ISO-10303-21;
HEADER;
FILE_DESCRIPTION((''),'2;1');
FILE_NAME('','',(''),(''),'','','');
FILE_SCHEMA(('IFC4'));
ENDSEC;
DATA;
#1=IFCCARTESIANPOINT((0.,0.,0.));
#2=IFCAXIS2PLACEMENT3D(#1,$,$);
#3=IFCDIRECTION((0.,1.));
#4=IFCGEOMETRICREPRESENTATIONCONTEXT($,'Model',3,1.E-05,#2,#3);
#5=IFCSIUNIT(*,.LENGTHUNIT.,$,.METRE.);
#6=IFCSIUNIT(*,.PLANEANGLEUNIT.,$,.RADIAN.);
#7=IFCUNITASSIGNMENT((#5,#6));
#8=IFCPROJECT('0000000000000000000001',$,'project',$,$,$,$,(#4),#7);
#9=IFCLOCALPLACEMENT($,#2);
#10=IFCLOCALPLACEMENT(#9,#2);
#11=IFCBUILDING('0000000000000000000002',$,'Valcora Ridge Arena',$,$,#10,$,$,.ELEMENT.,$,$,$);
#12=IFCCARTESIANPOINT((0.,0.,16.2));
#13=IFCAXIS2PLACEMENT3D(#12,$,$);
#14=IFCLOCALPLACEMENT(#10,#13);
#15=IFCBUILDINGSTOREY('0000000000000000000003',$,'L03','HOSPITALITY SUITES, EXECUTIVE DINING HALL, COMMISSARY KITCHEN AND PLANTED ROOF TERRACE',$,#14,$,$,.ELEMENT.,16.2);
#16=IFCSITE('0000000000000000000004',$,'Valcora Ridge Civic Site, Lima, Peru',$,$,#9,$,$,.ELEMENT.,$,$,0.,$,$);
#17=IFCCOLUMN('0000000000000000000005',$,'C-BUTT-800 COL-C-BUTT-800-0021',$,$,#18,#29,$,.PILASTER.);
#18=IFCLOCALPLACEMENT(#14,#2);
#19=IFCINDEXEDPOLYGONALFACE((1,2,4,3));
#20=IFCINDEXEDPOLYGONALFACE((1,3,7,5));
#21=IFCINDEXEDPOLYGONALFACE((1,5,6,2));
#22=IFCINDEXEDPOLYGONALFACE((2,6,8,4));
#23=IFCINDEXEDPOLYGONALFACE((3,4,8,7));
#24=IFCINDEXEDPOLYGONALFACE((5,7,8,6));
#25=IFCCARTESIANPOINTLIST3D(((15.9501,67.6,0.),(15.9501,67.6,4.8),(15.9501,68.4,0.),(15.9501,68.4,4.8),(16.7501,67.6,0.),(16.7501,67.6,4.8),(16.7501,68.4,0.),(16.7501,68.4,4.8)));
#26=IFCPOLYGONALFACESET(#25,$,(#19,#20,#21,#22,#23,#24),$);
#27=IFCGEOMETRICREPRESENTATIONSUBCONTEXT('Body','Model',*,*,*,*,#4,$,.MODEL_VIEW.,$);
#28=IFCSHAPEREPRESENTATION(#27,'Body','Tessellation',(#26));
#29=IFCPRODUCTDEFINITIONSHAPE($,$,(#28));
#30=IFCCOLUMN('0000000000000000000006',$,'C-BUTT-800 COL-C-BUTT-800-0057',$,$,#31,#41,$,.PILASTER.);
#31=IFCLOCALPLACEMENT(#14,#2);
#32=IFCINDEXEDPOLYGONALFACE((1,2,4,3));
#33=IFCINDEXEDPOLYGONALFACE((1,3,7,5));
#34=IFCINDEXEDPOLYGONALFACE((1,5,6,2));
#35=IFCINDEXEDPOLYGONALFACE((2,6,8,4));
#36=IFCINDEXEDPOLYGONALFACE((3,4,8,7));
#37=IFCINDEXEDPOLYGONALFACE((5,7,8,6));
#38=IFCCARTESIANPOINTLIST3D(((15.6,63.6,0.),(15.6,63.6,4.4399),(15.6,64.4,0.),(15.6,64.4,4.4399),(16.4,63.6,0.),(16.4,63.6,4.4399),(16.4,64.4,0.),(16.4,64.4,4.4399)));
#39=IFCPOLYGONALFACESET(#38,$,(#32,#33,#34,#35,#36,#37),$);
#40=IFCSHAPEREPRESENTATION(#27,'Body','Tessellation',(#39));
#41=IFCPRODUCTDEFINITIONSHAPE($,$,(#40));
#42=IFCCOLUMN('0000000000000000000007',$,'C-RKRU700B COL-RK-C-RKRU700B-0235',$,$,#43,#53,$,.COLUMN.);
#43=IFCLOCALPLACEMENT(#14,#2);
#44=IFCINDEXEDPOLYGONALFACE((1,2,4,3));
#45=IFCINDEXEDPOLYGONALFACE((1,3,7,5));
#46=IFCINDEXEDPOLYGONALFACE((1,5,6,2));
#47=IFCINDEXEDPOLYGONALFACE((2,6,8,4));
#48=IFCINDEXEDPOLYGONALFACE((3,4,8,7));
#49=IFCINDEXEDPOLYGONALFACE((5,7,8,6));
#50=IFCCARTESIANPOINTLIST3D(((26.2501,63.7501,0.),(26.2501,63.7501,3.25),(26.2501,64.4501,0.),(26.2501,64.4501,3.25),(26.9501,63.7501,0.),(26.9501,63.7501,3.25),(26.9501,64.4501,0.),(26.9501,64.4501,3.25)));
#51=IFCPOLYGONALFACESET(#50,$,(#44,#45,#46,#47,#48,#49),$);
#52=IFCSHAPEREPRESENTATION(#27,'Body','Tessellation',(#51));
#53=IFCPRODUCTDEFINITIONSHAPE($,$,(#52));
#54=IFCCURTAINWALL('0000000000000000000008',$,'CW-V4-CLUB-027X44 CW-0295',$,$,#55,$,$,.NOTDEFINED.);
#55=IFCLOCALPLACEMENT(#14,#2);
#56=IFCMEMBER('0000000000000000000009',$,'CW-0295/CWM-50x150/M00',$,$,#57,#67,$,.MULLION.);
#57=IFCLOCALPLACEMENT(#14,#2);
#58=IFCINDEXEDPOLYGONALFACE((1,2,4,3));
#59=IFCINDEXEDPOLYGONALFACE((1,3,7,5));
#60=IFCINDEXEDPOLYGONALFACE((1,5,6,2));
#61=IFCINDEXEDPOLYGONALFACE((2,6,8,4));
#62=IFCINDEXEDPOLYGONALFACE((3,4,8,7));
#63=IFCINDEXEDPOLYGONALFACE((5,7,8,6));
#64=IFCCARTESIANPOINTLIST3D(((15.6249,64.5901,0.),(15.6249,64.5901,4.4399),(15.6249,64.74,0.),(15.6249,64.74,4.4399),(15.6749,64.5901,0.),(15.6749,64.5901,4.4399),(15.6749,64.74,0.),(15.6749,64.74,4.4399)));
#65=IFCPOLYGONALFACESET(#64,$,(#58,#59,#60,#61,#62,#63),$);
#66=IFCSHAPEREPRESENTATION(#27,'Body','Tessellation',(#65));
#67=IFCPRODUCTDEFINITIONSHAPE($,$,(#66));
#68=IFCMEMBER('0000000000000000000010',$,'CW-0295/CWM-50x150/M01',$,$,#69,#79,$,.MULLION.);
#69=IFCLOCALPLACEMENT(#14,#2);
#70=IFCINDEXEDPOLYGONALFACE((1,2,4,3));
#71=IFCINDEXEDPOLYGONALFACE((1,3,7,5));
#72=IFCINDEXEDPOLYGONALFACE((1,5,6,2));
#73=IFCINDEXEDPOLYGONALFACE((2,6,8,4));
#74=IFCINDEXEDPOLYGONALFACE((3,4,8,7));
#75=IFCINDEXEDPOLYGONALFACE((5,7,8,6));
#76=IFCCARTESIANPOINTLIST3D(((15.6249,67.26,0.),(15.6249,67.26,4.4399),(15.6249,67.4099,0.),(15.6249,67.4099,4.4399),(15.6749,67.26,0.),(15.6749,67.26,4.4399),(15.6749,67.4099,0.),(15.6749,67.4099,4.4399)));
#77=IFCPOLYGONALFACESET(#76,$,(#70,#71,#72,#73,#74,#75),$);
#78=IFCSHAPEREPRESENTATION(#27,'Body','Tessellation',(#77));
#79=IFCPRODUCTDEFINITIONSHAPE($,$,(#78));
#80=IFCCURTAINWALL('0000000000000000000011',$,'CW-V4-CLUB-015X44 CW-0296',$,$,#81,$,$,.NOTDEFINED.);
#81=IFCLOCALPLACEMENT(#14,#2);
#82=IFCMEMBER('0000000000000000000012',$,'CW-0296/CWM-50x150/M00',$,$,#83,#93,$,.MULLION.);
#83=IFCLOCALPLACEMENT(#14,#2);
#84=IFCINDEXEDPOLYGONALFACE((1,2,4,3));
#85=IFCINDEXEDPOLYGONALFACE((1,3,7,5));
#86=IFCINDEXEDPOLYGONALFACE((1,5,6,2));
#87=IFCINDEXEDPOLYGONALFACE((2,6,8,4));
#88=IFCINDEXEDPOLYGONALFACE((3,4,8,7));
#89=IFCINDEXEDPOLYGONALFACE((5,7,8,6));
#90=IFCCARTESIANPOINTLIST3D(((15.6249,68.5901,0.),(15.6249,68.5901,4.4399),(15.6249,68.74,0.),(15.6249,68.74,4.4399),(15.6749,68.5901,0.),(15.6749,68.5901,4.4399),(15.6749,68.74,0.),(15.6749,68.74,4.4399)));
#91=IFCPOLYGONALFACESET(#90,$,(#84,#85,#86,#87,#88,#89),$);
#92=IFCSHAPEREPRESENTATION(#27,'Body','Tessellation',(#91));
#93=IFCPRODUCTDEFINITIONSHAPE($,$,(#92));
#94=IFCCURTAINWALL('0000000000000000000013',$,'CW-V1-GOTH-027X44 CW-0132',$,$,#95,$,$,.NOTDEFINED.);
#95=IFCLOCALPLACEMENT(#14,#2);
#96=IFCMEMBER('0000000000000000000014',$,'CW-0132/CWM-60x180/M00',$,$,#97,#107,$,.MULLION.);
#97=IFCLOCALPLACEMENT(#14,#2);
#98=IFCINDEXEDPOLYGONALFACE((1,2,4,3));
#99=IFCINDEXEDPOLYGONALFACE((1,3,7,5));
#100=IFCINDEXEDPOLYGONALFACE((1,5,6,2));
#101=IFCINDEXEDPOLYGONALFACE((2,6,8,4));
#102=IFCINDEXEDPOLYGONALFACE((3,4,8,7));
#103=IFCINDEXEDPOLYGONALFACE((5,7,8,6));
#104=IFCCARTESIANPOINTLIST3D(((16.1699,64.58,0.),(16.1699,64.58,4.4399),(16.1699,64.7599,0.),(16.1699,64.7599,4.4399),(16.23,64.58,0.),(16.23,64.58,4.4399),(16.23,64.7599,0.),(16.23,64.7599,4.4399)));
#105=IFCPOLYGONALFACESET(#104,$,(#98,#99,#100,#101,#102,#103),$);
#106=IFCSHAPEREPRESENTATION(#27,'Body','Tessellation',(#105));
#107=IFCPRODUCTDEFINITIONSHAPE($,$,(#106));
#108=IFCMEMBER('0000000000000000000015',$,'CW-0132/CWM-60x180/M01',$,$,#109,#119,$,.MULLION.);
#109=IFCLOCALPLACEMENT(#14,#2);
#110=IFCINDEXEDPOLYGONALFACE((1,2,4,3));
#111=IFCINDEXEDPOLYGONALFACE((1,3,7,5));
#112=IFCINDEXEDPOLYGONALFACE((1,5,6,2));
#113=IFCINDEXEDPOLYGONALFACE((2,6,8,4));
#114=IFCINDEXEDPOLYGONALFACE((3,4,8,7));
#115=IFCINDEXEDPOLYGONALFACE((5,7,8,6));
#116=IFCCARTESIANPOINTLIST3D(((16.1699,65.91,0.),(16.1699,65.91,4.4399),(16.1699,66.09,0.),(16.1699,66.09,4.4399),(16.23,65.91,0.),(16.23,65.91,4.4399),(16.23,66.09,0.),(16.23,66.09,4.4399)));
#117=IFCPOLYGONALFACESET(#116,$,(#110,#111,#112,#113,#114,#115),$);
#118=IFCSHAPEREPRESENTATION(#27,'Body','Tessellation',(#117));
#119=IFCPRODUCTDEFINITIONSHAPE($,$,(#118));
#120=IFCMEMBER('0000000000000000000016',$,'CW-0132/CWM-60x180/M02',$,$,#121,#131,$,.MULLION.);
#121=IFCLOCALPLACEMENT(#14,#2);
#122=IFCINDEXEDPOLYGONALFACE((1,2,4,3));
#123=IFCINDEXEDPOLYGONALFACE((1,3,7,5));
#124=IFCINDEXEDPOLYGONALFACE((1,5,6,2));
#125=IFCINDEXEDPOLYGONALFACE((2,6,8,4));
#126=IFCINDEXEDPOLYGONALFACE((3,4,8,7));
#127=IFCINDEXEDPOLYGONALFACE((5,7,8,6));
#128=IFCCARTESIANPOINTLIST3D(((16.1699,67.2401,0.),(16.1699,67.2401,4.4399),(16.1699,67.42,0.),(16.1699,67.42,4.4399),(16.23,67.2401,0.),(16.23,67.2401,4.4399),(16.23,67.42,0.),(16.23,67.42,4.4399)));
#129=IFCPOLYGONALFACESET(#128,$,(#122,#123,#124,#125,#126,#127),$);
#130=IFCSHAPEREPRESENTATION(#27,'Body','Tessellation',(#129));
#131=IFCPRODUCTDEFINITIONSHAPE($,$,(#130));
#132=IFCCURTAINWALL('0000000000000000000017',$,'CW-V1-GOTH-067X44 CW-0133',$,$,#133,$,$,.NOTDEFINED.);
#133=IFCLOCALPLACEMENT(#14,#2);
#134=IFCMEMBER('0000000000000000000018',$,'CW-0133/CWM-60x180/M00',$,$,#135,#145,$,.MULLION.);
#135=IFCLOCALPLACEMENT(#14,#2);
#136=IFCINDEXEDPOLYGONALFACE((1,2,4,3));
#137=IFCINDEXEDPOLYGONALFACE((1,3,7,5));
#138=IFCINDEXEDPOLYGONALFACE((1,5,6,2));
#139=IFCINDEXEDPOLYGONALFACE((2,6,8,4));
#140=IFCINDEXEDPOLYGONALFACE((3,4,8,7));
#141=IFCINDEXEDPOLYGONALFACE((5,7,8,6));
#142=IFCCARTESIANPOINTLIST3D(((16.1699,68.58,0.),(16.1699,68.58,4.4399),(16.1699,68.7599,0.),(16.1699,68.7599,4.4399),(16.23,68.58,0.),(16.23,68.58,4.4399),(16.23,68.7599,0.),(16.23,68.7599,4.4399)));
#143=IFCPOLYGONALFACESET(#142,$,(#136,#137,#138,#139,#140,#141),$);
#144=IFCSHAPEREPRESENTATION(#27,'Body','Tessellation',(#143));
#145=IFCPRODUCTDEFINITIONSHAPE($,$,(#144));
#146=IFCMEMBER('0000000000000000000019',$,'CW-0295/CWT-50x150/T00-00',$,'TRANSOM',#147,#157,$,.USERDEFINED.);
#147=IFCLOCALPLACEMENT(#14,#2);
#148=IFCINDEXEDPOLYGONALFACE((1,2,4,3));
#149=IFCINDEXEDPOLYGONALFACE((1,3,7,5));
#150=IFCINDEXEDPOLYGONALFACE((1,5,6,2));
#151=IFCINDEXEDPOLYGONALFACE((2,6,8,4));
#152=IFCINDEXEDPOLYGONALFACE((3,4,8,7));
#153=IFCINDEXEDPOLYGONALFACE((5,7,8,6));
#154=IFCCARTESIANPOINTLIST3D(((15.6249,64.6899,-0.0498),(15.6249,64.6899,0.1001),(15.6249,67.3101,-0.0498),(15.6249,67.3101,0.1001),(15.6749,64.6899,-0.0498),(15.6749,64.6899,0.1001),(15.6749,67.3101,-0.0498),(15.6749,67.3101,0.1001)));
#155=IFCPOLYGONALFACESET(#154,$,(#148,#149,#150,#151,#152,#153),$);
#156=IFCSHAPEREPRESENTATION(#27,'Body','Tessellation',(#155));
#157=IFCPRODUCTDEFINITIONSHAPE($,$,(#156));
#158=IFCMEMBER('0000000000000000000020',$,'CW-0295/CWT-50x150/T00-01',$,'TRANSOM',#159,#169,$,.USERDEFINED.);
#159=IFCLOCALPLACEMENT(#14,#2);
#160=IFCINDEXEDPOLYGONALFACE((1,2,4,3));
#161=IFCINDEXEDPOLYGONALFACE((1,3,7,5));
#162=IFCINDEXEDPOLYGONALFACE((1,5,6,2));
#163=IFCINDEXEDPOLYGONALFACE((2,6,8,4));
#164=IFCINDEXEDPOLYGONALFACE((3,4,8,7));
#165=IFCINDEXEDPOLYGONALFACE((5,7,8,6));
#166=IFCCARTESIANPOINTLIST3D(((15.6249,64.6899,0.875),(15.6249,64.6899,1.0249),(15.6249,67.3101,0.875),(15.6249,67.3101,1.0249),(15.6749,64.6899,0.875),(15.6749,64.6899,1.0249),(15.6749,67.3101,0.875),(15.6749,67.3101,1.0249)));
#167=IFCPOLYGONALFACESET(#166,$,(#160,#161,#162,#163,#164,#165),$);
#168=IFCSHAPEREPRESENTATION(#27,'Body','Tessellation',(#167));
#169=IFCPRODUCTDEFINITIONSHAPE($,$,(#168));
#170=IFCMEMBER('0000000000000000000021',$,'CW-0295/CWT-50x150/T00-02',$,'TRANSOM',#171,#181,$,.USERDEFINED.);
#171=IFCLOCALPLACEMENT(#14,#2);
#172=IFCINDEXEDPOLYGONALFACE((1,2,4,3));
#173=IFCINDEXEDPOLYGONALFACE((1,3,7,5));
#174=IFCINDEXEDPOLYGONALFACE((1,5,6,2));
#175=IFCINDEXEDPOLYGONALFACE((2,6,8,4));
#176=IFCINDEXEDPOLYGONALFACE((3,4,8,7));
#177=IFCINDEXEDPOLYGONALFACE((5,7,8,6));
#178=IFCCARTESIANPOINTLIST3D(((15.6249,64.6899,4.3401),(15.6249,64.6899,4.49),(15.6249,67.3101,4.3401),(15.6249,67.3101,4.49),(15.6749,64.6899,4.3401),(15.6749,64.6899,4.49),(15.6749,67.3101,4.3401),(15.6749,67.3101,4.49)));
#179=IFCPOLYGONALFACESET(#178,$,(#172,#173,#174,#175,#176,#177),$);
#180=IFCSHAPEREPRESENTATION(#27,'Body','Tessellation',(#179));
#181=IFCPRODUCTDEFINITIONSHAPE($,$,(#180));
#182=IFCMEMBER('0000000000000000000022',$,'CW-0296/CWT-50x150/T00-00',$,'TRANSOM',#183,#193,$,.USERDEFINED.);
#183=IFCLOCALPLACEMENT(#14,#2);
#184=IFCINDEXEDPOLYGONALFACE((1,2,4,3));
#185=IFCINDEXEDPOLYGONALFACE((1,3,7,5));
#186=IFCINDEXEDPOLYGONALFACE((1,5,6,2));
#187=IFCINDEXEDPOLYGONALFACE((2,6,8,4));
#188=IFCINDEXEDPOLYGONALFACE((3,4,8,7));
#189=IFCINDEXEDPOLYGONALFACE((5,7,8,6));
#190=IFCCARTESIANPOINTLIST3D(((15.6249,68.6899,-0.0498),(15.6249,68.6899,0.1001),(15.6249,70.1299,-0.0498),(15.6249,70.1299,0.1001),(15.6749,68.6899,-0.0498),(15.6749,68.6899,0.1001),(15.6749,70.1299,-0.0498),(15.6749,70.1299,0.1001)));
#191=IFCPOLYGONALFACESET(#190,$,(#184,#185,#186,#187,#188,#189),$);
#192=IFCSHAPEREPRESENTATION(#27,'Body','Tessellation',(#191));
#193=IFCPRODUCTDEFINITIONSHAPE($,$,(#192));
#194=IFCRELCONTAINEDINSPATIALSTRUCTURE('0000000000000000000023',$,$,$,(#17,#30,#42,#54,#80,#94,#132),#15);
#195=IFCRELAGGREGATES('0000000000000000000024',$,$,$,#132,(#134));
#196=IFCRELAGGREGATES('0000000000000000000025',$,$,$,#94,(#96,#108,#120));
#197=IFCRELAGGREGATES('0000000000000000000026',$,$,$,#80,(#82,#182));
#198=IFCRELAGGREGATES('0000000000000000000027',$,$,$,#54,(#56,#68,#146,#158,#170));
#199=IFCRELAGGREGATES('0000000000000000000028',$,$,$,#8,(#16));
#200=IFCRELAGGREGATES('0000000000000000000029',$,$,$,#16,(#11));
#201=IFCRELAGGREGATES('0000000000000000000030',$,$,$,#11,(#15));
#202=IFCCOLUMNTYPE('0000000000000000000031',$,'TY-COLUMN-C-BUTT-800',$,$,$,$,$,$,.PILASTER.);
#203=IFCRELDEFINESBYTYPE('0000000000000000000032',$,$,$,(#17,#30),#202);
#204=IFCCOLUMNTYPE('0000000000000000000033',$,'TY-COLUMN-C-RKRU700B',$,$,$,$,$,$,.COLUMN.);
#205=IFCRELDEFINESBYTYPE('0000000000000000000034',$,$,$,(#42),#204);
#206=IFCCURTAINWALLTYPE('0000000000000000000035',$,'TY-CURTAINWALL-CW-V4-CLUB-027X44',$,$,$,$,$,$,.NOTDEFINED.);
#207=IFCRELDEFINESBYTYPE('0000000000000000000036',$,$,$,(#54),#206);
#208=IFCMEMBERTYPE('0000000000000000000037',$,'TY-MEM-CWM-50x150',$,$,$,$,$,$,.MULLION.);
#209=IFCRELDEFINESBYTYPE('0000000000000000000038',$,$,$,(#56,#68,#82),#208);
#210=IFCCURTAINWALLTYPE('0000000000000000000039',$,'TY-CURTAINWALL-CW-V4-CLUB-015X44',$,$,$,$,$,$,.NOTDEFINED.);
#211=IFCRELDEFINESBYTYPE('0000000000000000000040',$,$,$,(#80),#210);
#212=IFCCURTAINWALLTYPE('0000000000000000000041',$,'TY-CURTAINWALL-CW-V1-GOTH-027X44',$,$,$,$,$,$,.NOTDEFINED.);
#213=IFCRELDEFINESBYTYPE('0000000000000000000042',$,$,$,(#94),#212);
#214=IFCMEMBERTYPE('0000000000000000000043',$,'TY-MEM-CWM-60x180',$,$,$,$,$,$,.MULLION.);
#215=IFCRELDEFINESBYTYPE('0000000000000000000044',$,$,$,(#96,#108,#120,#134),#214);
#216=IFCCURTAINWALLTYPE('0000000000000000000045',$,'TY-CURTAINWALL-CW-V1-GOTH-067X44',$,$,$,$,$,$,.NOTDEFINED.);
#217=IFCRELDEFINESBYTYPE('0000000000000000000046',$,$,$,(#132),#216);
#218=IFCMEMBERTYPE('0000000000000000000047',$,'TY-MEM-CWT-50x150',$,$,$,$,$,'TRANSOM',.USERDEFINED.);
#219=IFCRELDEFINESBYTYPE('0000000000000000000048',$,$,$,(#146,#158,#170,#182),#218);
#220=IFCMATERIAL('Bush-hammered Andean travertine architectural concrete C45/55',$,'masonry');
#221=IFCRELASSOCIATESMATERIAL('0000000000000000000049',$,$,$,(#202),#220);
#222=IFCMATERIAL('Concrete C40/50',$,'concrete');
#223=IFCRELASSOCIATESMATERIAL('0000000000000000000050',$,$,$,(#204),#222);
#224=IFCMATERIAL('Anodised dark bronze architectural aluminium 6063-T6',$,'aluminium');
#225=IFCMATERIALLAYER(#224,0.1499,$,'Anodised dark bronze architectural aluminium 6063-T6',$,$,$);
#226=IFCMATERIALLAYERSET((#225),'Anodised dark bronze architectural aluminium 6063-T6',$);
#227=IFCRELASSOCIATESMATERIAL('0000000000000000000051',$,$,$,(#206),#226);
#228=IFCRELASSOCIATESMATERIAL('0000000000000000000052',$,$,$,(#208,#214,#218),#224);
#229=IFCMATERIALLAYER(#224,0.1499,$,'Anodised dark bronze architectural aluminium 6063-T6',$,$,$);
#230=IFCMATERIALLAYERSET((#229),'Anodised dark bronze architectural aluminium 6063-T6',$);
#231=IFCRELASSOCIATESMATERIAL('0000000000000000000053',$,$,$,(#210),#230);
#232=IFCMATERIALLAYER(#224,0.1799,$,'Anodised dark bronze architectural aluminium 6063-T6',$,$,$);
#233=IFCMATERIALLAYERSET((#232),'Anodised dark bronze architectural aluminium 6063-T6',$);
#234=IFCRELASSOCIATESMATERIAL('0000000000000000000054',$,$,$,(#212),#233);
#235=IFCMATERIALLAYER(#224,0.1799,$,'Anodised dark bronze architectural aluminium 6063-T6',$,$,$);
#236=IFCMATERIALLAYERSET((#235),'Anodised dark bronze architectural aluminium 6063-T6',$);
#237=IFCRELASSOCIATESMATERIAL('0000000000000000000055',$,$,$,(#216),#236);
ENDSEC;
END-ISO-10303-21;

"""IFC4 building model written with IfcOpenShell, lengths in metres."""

from ifc_helpers import new_model, si_unit, direction, frame, origin, origin_2d, place, context, subcontext, project, spatial, rectangle, extrude, material, layer, layer_set, material_profile, profile_set, type_object, element, aggregate, save


model = new_model("IFC4")

# Units and contexts
model_context = context("Model", 3, precision=1e-05, world=origin(), true_north=direction((0.0, 1.0)))
body_context = subcontext(model_context, "Body", "Model", "MODEL_VIEW")
ifc_project = project(units=[si_unit("LENGTHUNIT", "METRE"), si_unit("PLANEANGLEUNIT", "RADIAN")], contexts=[model_context])

# Site, building, storey
site_placement = place(None, origin())
site = spatial("IfcSite", under=ifc_project, at=site_placement, Name="Valcora Ridge Civic Site, Lima, Peru", CompositionType="ELEMENT", RefElevation=0.0)
building_placement = place(site_placement, origin())
building = spatial("IfcBuilding", under=site, at=building_placement, Name="Valcora Ridge Arena", CompositionType="ELEMENT")
storey_placement = place(building_placement, frame((0.0, 0.0, 16.2)))
storey = spatial("IfcBuildingStorey", under=building, at=storey_placement, Name="L03", Description="HOSPITALITY SUITES, EXECUTIVE DINING HALL, COMMISSARY KITCHEN AND PLANTED ROOF TERRACE", CompositionType="ELEMENT", Elevation=16.2)

# Columns
ifc_material_1 = material(Name="Bush-hammered Andean travertine architectural concrete C45/55", Category="masonry")
ifc_material_profile_1 = material_profile(ifc_material_1, rectangle(XDim=0.8, YDim=0.8, at=origin_2d()), Name="RC 800x800")
ifc_profile_set_1 = profile_set([ifc_material_profile_1], Name="Bush-hammered Andean travertine architectural concrete C45/55")
column_type_1 = type_object("IfcColumnType", Name="TY-COLUMN-C-BUTT-800", PredefinedType="PILASTER", material=ifc_profile_set_1)
column_1_placement = place(storey_placement, frame((16.3501, 68.0, 0.0), z_axis=(0.0, 0.0, 1.0), x_axis=(1.0, 0.0, 0.0)))
element("IfcColumn", 1, at=column_1_placement, inside=storey, type_object=column_type_1, Name="C-BUTT-800 COL-C-BUTT-800-0021", PredefinedType="PILASTER", context=body_context, shape_type="SweptSolid", body=[
    extrude(rectangle(XDim=0.8, YDim=0.8, at=origin_2d()), origin(), (0.0, 0.0, 1.0), 4.8),
])
column_2_placement = place(storey_placement, frame((16.0, 64.0, 0.0), z_axis=(0.0, 0.0, 1.0), x_axis=(1.0, 0.0, 0.0)))
element("IfcColumn", 2, at=column_2_placement, inside=storey, type_object=column_type_1, Name="C-BUTT-800 COL-C-BUTT-800-0057", PredefinedType="PILASTER", context=body_context, shape_type="SweptSolid", body=[
    extrude(rectangle(XDim=0.8, YDim=0.8, at=origin_2d()), origin(), (0.0, 0.0, 1.0), 4.4399),
])
ifc_material_2 = material(Name="Concrete C40/50", Category="concrete")
ifc_material_profile_2 = material_profile(ifc_material_2, rectangle(XDim=0.7, YDim=0.7, at=origin_2d()), Name="RC 700x700")
ifc_profile_set_2 = profile_set([ifc_material_profile_2], Name="Concrete C40/50")
column_type_2 = type_object("IfcColumnType", Name="TY-COLUMN-C-RKRU700B", PredefinedType="COLUMN", material=ifc_profile_set_2)
column_3_placement = place(storey_placement, frame((26.6001, 64.1001, 0.0), z_axis=(0.0, 0.0, 1.0), x_axis=(1.0, 0.0, 0.0)))
element("IfcColumn", 3, at=column_3_placement, inside=storey, type_object=column_type_2, Name="C-RKRU700B COL-RK-C-RKRU700B-0235", PredefinedType="COLUMN", context=body_context, shape_type="SweptSolid", body=[
    extrude(rectangle(XDim=0.7, YDim=0.7, at=origin_2d()), origin(), (0.0, 0.0, 1.0), 3.25),
])

# Curtain wall, members
ifc_material_3 = material(Name="Anodised dark bronze architectural aluminium 6063-T6", Category="aluminium")
ifc_layer_1 = layer(ifc_material_3, 0.1499, Name="Anodised dark bronze architectural aluminium 6063-T6")
ifc_layer_set_1 = layer_set([ifc_layer_1], Name="Anodised dark bronze architectural aluminium 6063-T6")
curtain_wall_type_1 = type_object("IfcCurtainWallType", Name="TY-CURTAINWALL-CW-V4-CLUB-027X44", PredefinedType="NOTDEFINED", material=ifc_layer_set_1)
curtain_wall_1_placement = place(storey_placement, origin())
curtain_wall_1 = element("IfcCurtainWall", 4, at=curtain_wall_1_placement, inside=storey, type_object=curtain_wall_type_1, Name="CW-V4-CLUB-027X44 CW-0295", PredefinedType="NOTDEFINED")
ifc_material_profile_3 = material_profile(ifc_material_3, rectangle(XDim=0.05, YDim=0.1499, at=origin_2d()), Name="ALU MULLION 50x150")
ifc_profile_set_3 = profile_set([ifc_material_profile_3], Name="Anodised dark bronze architectural aluminium 6063-T6")
member_type_1 = type_object("IfcMemberType", Name="TY-MEM-CWM-50x150", PredefinedType="MULLION", material=ifc_profile_set_3)
member_1_placement = place(storey_placement, frame((15.6499, 64.665, 0.0), z_axis=(0.0, 0.0, 1.0), x_axis=(-1.0, 0.0, 0.0)))
member_1 = element("IfcMember", 5, at=member_1_placement, type_object=member_type_1, Name="CW-0295/CWM-50x150/M00", PredefinedType="MULLION", context=body_context, shape_type="SweptSolid", body=[
    extrude(rectangle(XDim=0.05, YDim=0.1499, at=origin_2d()), origin(), (0.0, 0.0, 1.0), 4.4399),
])
member_2_placement = place(storey_placement, frame((15.6499, 67.335, 0.0), z_axis=(0.0, 0.0, 1.0), x_axis=(-1.0, 0.0, 0.0)))
member_2 = element("IfcMember", 6, at=member_2_placement, type_object=member_type_1, Name="CW-0295/CWM-50x150/M01", PredefinedType="MULLION", context=body_context, shape_type="SweptSolid", body=[
    extrude(rectangle(XDim=0.05, YDim=0.1499, at=origin_2d()), origin(), (0.0, 0.0, 1.0), 4.4399),
])

# Curtain wall, member
ifc_layer_2 = layer(ifc_material_3, 0.1499, Name="Anodised dark bronze architectural aluminium 6063-T6")
ifc_layer_set_2 = layer_set([ifc_layer_2], Name="Anodised dark bronze architectural aluminium 6063-T6")
curtain_wall_type_2 = type_object("IfcCurtainWallType", Name="TY-CURTAINWALL-CW-V4-CLUB-015X44", PredefinedType="NOTDEFINED", material=ifc_layer_set_2)
curtain_wall_2_placement = place(storey_placement, origin())
curtain_wall_2 = element("IfcCurtainWall", 7, at=curtain_wall_2_placement, inside=storey, type_object=curtain_wall_type_2, Name="CW-V4-CLUB-015X44 CW-0296", PredefinedType="NOTDEFINED")
member_3_placement = place(storey_placement, frame((15.6499, 68.665, 0.0), z_axis=(0.0, 0.0, 1.0), x_axis=(-1.0, 0.0, 0.0)))
member_3 = element("IfcMember", 8, at=member_3_placement, type_object=member_type_1, Name="CW-0296/CWM-50x150/M00", PredefinedType="MULLION", context=body_context, shape_type="SweptSolid", body=[
    extrude(rectangle(XDim=0.05, YDim=0.1499, at=origin_2d()), origin(), (0.0, 0.0, 1.0), 4.4399),
])

# Curtain wall, members
ifc_layer_3 = layer(ifc_material_3, 0.1799, Name="Anodised dark bronze architectural aluminium 6063-T6")
ifc_layer_set_3 = layer_set([ifc_layer_3], Name="Anodised dark bronze architectural aluminium 6063-T6")
curtain_wall_type_3 = type_object("IfcCurtainWallType", Name="TY-CURTAINWALL-CW-V1-GOTH-027X44", PredefinedType="NOTDEFINED", material=ifc_layer_set_3)
curtain_wall_3_placement = place(storey_placement, origin())
curtain_wall_3 = element("IfcCurtainWall", 9, at=curtain_wall_3_placement, inside=storey, type_object=curtain_wall_type_3, Name="CW-V1-GOTH-027X44 CW-0132", PredefinedType="NOTDEFINED")
ifc_material_profile_4 = material_profile(ifc_material_3, rectangle(XDim=0.0601, YDim=0.1799, at=origin_2d()), Name="ALU MULLION 60x180")
ifc_profile_set_4 = profile_set([ifc_material_profile_4], Name="Anodised dark bronze architectural aluminium 6063-T6")
member_type_2 = type_object("IfcMemberType", Name="TY-MEM-CWM-60x180", PredefinedType="MULLION", material=ifc_profile_set_4)
member_4_placement = place(storey_placement, frame((16.2, 64.6699, 0.0), z_axis=(0.0, 0.0, 1.0), x_axis=(-1.0, 0.0, 0.0)))
member_4 = element("IfcMember", 10, at=member_4_placement, type_object=member_type_2, Name="CW-0132/CWM-60x180/M00", PredefinedType="MULLION", context=body_context, shape_type="SweptSolid", body=[
    extrude(rectangle(XDim=0.0601, YDim=0.1799, at=origin_2d()), origin(), (0.0, 0.0, 1.0), 4.4399),
])
member_5_placement = place(storey_placement, frame((16.2, 66.0, 0.0), z_axis=(0.0, 0.0, 1.0), x_axis=(-1.0, 0.0, 0.0)))
member_5 = element("IfcMember", 11, at=member_5_placement, type_object=member_type_2, Name="CW-0132/CWM-60x180/M01", PredefinedType="MULLION", context=body_context, shape_type="SweptSolid", body=[
    extrude(rectangle(XDim=0.0601, YDim=0.1799, at=origin_2d()), origin(), (0.0, 0.0, 1.0), 4.4399),
])
member_6_placement = place(storey_placement, frame((16.2, 67.3301, 0.0), z_axis=(0.0, 0.0, 1.0), x_axis=(-1.0, 0.0, 0.0)))
member_6 = element("IfcMember", 12, at=member_6_placement, type_object=member_type_2, Name="CW-0132/CWM-60x180/M02", PredefinedType="MULLION", context=body_context, shape_type="SweptSolid", body=[
    extrude(rectangle(XDim=0.0601, YDim=0.1799, at=origin_2d()), origin(), (0.0, 0.0, 1.0), 4.4399),
])

# Curtain wall, member
ifc_layer_4 = layer(ifc_material_3, 0.1799, Name="Anodised dark bronze architectural aluminium 6063-T6")
ifc_layer_set_4 = layer_set([ifc_layer_4], Name="Anodised dark bronze architectural aluminium 6063-T6")
curtain_wall_type_4 = type_object("IfcCurtainWallType", Name="TY-CURTAINWALL-CW-V1-GOTH-067X44", PredefinedType="NOTDEFINED", material=ifc_layer_set_4)
curtain_wall_4_placement = place(storey_placement, origin())
curtain_wall_4 = element("IfcCurtainWall", 13, at=curtain_wall_4_placement, inside=storey, type_object=curtain_wall_type_4, Name="CW-V1-GOTH-067X44 CW-0133", PredefinedType="NOTDEFINED")
member_7_placement = place(storey_placement, frame((16.2, 68.6699, 0.0), z_axis=(0.0, 0.0, 1.0), x_axis=(-1.0, 0.0, 0.0)))
member_7 = element("IfcMember", 14, at=member_7_placement, type_object=member_type_2, Name="CW-0133/CWM-60x180/M00", PredefinedType="MULLION", context=body_context, shape_type="SweptSolid", body=[
    extrude(rectangle(XDim=0.0601, YDim=0.1799, at=origin_2d()), origin(), (0.0, 0.0, 1.0), 4.4399),
])

# Members
ifc_material_profile_5 = material_profile(ifc_material_3, rectangle(XDim=0.05, YDim=0.1499, at=origin_2d()), Name="ALU TRANSOM 50x150")
ifc_profile_set_5 = profile_set([ifc_material_profile_5], Name="Anodised dark bronze architectural aluminium 6063-T6")
member_type_3 = type_object("IfcMemberType", Name="TY-MEM-CWT-50x150", ElementType="TRANSOM", PredefinedType="USERDEFINED", material=ifc_profile_set_5)
member_8_placement = place(storey_placement, frame((15.6499, 64.6899, 0.0251), z_axis=(0.0, 1.0, 0.0), x_axis=(-1.0, 0.0, 0.0)))
member_8 = element("IfcMember", 15, at=member_8_placement, type_object=member_type_3, Name="CW-0295/CWT-50x150/T00-00", ObjectType="TRANSOM", PredefinedType="USERDEFINED", context=body_context, shape_type="SweptSolid", body=[
    extrude(rectangle(XDim=0.05, YDim=0.1499, at=origin_2d()), origin(), (0.0, 0.0, 1.0), 2.6201),
])
member_9_placement = place(storey_placement, frame((15.6499, 64.6899, 0.95), z_axis=(0.0, 1.0, 0.0), x_axis=(-1.0, 0.0, 0.0)))
member_9 = element("IfcMember", 16, at=member_9_placement, type_object=member_type_3, Name="CW-0295/CWT-50x150/T00-01", ObjectType="TRANSOM", PredefinedType="USERDEFINED", context=body_context, shape_type="SweptSolid", body=[
    extrude(rectangle(XDim=0.05, YDim=0.1499, at=origin_2d()), origin(), (0.0, 0.0, 1.0), 2.6201),
])
member_10_placement = place(storey_placement, frame((15.6499, 64.6899, 4.415), z_axis=(0.0, 1.0, 0.0), x_axis=(-1.0, 0.0, 0.0)))
member_10 = element("IfcMember", 17, at=member_10_placement, type_object=member_type_3, Name="CW-0295/CWT-50x150/T00-02", ObjectType="TRANSOM", PredefinedType="USERDEFINED", context=body_context, shape_type="SweptSolid", body=[
    extrude(rectangle(XDim=0.05, YDim=0.1499, at=origin_2d()), origin(), (0.0, 0.0, 1.0), 2.6201),
])
member_11_placement = place(storey_placement, frame((15.6499, 68.6899, 0.0251), z_axis=(0.0, 1.0, 0.0), x_axis=(-1.0, 0.0, 0.0)))
member_11 = element("IfcMember", 18, at=member_11_placement, type_object=member_type_3, Name="CW-0296/CWT-50x150/T00-00", ObjectType="TRANSOM", PredefinedType="USERDEFINED", context=body_context, shape_type="SweptSolid", body=[
    extrude(rectangle(XDim=0.05, YDim=0.1499, at=origin_2d()), origin(), (0.0, 0.0, 1.0), 1.4399),
])
aggregate(curtain_wall_4, [member_7])

aggregate(curtain_wall_3, [member_4, member_5, member_6])
aggregate(curtain_wall_2, [member_3, member_11])
aggregate(curtain_wall_1, [member_1, member_2, member_8, member_9, member_10])

save(model, "model.ifc")
